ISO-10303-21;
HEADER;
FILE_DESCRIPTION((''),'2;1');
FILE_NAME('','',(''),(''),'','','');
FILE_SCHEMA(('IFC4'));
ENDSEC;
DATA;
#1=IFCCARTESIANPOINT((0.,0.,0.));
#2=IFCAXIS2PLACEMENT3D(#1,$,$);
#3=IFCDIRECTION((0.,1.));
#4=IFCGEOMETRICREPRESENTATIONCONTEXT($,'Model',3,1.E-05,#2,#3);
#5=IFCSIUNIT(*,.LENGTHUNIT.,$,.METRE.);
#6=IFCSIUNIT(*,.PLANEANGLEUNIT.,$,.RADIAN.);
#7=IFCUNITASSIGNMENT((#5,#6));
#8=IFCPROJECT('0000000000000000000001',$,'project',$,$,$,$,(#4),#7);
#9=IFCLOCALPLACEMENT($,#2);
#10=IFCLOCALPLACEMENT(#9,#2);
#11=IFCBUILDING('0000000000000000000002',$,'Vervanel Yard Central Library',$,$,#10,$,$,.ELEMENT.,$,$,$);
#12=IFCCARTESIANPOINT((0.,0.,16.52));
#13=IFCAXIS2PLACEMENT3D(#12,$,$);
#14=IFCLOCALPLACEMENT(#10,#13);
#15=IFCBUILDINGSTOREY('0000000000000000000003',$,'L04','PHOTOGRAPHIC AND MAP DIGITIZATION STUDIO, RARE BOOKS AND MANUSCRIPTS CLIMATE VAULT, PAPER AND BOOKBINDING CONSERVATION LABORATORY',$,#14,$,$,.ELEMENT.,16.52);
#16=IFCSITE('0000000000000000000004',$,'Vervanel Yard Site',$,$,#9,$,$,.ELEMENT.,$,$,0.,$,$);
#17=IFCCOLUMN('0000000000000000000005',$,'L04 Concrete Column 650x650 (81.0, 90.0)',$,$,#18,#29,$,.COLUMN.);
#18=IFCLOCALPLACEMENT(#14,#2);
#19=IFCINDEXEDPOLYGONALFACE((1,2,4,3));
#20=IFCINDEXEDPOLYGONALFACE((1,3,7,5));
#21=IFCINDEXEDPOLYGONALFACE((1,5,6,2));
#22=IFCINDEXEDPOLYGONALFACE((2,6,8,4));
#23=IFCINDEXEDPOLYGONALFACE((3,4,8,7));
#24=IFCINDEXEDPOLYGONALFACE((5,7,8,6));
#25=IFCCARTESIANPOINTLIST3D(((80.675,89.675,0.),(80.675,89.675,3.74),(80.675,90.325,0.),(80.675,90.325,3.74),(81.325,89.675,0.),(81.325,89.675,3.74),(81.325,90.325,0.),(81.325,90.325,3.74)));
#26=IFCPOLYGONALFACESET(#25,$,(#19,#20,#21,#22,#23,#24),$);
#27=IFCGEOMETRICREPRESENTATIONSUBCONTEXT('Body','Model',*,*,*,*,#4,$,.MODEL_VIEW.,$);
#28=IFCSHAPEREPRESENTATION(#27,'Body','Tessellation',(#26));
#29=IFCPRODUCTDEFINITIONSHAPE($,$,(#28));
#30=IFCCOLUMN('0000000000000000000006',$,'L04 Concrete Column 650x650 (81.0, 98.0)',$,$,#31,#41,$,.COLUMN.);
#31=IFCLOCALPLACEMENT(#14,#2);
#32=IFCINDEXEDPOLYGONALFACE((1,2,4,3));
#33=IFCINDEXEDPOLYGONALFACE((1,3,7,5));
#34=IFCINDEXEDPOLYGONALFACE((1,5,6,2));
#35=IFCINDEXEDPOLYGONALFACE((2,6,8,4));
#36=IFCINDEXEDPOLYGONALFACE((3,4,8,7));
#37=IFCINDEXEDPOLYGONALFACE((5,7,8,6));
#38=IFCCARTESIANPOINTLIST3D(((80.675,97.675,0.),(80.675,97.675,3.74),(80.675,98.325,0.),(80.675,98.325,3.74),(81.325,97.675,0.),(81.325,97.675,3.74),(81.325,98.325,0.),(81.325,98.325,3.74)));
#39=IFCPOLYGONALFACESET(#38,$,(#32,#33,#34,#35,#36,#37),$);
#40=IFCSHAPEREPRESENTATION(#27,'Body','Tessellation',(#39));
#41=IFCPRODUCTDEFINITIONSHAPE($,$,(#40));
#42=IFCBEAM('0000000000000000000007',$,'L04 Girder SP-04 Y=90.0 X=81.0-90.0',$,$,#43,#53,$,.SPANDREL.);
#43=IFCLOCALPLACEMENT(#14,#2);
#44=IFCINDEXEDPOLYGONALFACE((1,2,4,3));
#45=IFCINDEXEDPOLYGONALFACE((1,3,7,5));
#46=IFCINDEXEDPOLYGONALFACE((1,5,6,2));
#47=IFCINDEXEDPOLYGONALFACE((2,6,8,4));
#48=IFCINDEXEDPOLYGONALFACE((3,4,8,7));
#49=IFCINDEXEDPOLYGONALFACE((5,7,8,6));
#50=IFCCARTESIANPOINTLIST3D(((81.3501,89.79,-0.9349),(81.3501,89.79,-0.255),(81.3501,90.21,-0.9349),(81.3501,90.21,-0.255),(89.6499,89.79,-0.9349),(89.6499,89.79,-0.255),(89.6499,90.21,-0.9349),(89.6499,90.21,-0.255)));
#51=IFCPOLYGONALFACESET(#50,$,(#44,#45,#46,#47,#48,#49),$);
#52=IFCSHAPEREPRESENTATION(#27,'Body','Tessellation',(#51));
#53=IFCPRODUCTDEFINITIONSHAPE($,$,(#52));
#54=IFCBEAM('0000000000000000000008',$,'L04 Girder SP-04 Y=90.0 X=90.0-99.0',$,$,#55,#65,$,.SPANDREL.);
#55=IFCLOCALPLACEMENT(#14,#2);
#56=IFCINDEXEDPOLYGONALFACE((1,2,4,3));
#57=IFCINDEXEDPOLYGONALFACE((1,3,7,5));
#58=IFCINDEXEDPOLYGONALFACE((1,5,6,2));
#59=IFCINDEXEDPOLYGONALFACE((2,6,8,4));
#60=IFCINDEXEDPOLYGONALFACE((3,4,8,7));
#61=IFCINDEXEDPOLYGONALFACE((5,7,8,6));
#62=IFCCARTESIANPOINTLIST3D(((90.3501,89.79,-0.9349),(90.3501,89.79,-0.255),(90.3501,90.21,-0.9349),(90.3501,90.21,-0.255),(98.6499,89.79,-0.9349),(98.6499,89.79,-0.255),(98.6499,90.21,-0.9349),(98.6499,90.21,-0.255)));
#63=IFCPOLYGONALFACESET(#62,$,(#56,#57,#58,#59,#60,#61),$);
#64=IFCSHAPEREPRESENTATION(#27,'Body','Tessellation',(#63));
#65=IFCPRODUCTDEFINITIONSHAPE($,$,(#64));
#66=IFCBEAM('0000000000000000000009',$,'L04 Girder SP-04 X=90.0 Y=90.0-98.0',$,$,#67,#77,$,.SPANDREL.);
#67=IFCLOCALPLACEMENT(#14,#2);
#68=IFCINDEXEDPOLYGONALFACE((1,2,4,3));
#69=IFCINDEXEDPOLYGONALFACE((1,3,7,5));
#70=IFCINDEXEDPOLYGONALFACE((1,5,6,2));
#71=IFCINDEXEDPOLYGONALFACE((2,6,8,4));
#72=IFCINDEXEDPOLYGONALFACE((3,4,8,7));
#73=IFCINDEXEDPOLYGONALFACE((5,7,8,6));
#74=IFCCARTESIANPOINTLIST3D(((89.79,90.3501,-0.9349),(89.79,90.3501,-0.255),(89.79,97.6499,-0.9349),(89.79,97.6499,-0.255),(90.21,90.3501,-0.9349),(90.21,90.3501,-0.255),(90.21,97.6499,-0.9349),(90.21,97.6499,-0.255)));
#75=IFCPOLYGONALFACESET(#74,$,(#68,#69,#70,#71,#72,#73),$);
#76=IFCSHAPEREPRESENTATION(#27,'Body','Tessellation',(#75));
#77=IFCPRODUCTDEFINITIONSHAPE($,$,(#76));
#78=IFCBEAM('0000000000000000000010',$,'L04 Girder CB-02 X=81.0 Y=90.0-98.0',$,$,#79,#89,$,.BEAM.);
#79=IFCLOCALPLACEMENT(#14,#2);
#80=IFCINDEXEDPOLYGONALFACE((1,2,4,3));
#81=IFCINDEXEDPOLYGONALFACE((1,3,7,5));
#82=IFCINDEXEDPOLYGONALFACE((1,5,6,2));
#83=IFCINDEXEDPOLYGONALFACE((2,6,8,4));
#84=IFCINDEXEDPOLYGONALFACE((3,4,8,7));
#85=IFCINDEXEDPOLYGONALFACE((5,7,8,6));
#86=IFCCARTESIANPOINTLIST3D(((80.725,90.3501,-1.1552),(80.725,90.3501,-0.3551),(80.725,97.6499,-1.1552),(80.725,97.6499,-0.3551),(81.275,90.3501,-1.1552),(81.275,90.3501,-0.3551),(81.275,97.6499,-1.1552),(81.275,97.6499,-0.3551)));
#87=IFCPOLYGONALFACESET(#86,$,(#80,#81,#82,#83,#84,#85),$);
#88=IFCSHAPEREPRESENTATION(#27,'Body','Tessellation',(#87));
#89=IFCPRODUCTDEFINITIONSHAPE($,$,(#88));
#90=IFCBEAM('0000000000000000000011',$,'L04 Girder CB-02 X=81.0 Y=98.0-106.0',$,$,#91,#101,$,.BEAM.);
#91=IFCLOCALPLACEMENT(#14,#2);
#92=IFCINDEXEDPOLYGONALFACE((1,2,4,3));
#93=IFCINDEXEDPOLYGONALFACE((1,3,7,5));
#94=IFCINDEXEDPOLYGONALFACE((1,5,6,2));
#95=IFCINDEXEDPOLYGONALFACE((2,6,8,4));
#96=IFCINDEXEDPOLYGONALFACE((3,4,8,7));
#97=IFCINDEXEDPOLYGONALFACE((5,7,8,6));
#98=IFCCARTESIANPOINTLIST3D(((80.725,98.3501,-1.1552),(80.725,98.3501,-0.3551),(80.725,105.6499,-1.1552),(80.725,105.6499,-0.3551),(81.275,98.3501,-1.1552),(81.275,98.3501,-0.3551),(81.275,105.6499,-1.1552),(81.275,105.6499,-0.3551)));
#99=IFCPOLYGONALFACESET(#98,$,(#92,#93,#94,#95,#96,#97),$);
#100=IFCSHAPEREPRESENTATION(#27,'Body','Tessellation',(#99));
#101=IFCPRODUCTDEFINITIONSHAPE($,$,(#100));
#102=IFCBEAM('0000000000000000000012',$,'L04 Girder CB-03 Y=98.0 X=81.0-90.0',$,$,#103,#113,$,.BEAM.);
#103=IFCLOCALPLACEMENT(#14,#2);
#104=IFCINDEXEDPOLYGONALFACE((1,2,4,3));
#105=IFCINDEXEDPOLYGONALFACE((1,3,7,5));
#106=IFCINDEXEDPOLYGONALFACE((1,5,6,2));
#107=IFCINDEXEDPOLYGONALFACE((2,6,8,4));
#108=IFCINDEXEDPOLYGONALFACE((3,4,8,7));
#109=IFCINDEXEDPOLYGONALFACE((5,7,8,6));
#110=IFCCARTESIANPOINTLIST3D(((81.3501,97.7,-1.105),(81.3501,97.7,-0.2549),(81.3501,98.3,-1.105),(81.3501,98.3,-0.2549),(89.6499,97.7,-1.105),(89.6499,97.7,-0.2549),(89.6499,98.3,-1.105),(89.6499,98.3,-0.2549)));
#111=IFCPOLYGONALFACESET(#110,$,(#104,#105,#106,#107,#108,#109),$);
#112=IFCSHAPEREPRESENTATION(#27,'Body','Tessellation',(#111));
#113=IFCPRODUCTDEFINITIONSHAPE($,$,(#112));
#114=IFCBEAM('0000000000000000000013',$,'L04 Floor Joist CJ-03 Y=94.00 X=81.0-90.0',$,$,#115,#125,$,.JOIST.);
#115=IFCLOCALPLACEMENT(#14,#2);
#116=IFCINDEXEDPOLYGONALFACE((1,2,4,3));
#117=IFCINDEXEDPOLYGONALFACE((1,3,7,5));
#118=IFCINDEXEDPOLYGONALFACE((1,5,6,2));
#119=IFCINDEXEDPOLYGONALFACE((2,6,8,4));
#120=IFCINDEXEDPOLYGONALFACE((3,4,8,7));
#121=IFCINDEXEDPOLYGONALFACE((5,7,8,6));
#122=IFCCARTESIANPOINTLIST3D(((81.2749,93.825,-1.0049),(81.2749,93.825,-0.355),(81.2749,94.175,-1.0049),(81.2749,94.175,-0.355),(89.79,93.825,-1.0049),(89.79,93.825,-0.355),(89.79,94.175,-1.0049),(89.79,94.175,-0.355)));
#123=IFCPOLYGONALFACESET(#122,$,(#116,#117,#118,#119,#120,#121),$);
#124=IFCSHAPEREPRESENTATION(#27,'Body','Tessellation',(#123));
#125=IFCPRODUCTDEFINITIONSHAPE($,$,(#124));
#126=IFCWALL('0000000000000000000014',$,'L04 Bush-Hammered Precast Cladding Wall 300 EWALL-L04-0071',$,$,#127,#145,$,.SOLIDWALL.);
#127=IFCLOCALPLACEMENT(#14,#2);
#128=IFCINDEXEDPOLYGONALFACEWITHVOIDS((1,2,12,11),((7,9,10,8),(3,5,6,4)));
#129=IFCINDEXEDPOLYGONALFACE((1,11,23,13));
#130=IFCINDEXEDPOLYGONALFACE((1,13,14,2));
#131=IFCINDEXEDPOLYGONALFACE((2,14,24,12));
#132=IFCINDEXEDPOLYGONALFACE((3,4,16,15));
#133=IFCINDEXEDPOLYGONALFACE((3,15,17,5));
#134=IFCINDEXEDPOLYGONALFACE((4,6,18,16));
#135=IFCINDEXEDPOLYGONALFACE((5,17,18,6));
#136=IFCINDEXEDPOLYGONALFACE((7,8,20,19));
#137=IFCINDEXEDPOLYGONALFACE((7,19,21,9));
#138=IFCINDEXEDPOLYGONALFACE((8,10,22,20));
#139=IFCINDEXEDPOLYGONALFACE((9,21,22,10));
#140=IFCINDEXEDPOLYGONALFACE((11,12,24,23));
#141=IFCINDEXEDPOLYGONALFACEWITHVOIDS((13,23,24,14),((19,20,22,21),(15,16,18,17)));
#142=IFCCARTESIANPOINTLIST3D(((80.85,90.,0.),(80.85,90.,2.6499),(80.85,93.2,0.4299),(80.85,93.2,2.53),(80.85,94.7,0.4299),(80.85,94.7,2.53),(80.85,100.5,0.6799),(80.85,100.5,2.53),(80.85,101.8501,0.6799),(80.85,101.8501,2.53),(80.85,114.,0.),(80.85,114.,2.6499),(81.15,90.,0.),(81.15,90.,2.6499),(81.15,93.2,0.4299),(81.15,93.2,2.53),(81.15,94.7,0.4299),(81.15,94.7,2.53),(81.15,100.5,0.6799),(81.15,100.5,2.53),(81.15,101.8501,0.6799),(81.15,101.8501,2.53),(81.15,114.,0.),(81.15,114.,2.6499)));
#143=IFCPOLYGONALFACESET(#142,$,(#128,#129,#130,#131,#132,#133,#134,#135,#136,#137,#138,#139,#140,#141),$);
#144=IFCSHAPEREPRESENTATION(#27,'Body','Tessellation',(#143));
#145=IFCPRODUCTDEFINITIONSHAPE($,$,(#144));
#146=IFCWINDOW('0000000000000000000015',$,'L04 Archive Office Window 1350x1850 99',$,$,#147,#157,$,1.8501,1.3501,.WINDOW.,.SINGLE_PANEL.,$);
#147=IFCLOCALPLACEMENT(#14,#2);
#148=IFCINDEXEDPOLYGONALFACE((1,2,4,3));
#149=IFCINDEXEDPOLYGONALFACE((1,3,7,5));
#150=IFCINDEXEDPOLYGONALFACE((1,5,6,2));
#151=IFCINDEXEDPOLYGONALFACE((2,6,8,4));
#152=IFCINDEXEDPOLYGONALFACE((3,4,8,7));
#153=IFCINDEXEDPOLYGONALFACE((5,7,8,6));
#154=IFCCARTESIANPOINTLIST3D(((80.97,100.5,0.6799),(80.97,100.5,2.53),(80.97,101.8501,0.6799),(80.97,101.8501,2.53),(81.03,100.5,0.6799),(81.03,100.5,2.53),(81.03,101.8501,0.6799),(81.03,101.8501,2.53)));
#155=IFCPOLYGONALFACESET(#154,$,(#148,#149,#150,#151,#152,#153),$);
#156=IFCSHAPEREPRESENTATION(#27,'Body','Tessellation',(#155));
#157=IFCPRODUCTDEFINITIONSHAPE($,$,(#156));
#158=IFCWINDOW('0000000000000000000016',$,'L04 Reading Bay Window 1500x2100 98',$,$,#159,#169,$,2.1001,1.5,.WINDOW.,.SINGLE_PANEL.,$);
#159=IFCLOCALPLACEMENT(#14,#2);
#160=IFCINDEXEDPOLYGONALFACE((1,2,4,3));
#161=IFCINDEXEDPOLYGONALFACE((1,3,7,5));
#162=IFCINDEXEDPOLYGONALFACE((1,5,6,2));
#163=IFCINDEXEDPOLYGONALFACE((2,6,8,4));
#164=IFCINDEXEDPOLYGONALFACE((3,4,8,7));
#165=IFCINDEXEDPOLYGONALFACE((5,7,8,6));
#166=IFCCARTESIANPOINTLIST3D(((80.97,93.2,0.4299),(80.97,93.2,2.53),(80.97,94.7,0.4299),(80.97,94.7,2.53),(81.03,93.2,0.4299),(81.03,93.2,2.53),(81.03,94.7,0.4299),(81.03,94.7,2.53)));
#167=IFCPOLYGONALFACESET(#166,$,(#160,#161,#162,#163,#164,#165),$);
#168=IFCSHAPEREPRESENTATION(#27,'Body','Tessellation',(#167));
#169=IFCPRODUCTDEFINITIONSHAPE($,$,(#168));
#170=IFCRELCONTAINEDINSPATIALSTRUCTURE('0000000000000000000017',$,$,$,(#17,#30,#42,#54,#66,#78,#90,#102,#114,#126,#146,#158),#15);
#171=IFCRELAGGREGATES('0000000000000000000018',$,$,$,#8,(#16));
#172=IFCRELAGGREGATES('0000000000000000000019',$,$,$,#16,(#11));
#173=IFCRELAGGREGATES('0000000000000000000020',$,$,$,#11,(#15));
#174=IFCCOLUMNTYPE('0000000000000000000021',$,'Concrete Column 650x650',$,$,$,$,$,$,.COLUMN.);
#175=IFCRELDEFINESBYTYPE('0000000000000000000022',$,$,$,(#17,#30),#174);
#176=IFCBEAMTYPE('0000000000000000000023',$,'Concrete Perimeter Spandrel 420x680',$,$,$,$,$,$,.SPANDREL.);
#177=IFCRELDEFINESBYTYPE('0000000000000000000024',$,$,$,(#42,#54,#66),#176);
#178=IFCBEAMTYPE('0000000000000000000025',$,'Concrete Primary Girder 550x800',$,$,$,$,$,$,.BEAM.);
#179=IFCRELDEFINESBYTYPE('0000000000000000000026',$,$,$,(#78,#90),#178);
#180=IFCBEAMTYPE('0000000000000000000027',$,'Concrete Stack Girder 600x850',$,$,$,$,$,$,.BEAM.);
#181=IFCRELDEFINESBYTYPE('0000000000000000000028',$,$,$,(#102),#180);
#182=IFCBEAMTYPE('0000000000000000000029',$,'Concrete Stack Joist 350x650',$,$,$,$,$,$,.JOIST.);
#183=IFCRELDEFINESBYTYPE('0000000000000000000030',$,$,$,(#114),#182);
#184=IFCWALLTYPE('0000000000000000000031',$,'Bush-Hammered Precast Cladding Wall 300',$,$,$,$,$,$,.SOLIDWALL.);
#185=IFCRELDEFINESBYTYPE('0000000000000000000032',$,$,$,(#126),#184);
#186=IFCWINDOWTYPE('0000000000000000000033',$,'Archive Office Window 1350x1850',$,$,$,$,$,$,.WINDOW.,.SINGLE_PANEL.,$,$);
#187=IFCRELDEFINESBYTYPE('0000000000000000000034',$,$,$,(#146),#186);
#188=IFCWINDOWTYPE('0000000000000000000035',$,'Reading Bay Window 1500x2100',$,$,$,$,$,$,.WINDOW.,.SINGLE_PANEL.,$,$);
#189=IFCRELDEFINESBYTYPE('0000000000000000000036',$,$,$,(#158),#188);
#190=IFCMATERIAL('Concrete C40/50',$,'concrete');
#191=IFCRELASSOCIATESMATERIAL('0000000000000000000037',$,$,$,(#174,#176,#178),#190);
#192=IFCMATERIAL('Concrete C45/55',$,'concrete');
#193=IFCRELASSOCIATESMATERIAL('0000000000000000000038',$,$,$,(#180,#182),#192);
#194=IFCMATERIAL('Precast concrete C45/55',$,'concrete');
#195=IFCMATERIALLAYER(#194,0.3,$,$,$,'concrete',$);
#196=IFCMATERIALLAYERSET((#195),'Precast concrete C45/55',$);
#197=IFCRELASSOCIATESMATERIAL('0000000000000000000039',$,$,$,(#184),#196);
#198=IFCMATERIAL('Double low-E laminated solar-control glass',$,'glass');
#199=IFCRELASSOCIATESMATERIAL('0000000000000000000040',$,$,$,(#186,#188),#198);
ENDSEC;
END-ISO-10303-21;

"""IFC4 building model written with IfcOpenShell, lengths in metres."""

from ifc_helpers import new_model, si_unit, direction, frame, frame_2d, origin, origin_2d, place, context, subcontext, project, spatial, rectangle, extrude, material, layer, layer_set, material_profile, profile_set, type_object, element, fill, save


model = new_model("IFC4")

# Units and contexts
model_context = context("Model", 3, precision=1e-05, world=origin(), true_north=direction((0.0, 1.0)))
body_context = subcontext(model_context, "Body", "Model", "MODEL_VIEW")
ifc_project = project(units=[si_unit("LENGTHUNIT", "METRE"), si_unit("PLANEANGLEUNIT", "RADIAN")], contexts=[model_context])

# Site, building, storey
site_placement = place(None, origin())
site = spatial("IfcSite", under=ifc_project, at=site_placement, Name="Vervanel Yard Site", CompositionType="ELEMENT", RefElevation=0.0)
building_placement = place(site_placement, origin())
building = spatial("IfcBuilding", under=site, at=building_placement, Name="Vervanel Yard Central Library", CompositionType="ELEMENT")
storey_placement = place(building_placement, frame((0.0, 0.0, 16.52)))
storey = spatial("IfcBuildingStorey", under=building, at=storey_placement, Name="L04", Description="PHOTOGRAPHIC AND MAP DIGITIZATION STUDIO, RARE BOOKS AND MANUSCRIPTS CLIMATE VAULT, PAPER AND BOOKBINDING CONSERVATION LABORATORY", CompositionType="ELEMENT", Elevation=16.52)

# Columns
ifc_material_1 = material(Name="Concrete C40/50", Category="concrete")
ifc_material_profile_1 = material_profile(ifc_material_1, rectangle(XDim=0.6499, YDim=0.6499, at=origin_2d()), Name="RC 650x650", Category="concrete")
ifc_profile_set_1 = profile_set([ifc_material_profile_1], Name="Concrete C40/50")
column_type = type_object("IfcColumnType", Name="Concrete Column 650x650", PredefinedType="COLUMN", material=ifc_profile_set_1)
for number, where, z_axis, x_axis, name in (
    (1, (81.0, 90.0, 0.0), (0.0, 0.0, 1.0), (1.0, 0.0, 0.0), "L04 Concrete Column 650x650 (81.0, 90.0)"),
    (2, (81.0, 98.0, 0.0), (0.0, 0.0, 1.0), (1.0, 0.0, 0.0), "L04 Concrete Column 650x650 (81.0, 98.0)"),
):
    element("IfcColumn", number, at=place(storey_placement, frame(where, z_axis=z_axis, x_axis=x_axis)), inside=storey, type_object=column_type, Name=name, PredefinedType="COLUMN", context=body_context, shape_type="SweptSolid", body=[
        extrude(rectangle(XDim=0.6499, YDim=0.6499, at=origin_2d()), origin(), (0.0, 0.0, 1.0), 3.74),
    ])

# Beams
ifc_material_profile_2 = material_profile(ifc_material_1, rectangle(XDim=0.4199, YDim=0.6799, at=origin_2d()), Name="RC 420x680", Category="concrete")
ifc_profile_set_2 = profile_set([ifc_material_profile_2], Name="Concrete C40/50")
beam_type_1 = type_object("IfcBeamType", Name="Concrete Perimeter Spandrel 420x680", PredefinedType="SPANDREL", material=ifc_profile_set_2)
for number, where, z_axis, x_axis, name in (
    (3, (81.3501, 90.0, -0.595), (1.0, 0.0, 0.0), (0.0, 1.0, 0.0), "L04 Girder SP-04 Y=90.0 X=81.0-90.0"),
    (4, (90.3501, 90.0, -0.595), (1.0, 0.0, 0.0), (0.0, 1.0, 0.0), "L04 Girder SP-04 Y=90.0 X=90.0-99.0"),
):
    element("IfcBeam", number, at=place(storey_placement, frame(where, z_axis=z_axis, x_axis=x_axis)), inside=storey, type_object=beam_type_1, Name=name, PredefinedType="SPANDREL", context=body_context, shape_type="SweptSolid", body=[
        extrude(rectangle(XDim=0.4199, YDim=0.6799, at=origin_2d()), origin(), (0.0, 0.0, 1.0), 8.2998),
    ])
beam_1_placement = place(storey_placement, frame((90.0, 90.3501, -0.595), z_axis=(0.0, 1.0, 0.0), x_axis=(-1.0, 0.0, 0.0)))
element("IfcBeam", 5, at=beam_1_placement, inside=storey, type_object=beam_type_1, Name="L04 Girder SP-04 X=90.0 Y=90.0-98.0", PredefinedType="SPANDREL", context=body_context, shape_type="SweptSolid", body=[
    extrude(rectangle(XDim=0.4199, YDim=0.6799, at=origin_2d()), origin(), (0.0, 0.0, 1.0), 7.2998),
])
ifc_material_profile_3 = material_profile(ifc_material_1, rectangle(XDim=0.55, YDim=0.8, at=origin_2d()), Name="RC 550x800", Category="concrete")
ifc_profile_set_3 = profile_set([ifc_material_profile_3], Name="Concrete C40/50")
beam_type_2 = type_object("IfcBeamType", Name="Concrete Primary Girder 550x800", PredefinedType="BEAM", material=ifc_profile_set_3)
for number, where, z_axis, x_axis, name in (
    (6, (81.0, 90.3501, -0.7551), (0.0, 1.0, 0.0), (-1.0, 0.0, 0.0), "L04 Girder CB-02 X=81.0 Y=90.0-98.0"),
    (7, (81.0, 98.3501, -0.7551), (0.0, 1.0, 0.0), (-1.0, 0.0, 0.0), "L04 Girder CB-02 X=81.0 Y=98.0-106.0"),
):
    element("IfcBeam", number, at=place(storey_placement, frame(where, z_axis=z_axis, x_axis=x_axis)), inside=storey, type_object=beam_type_2, Name=name, PredefinedType="BEAM", context=body_context, shape_type="SweptSolid", body=[
        extrude(rectangle(XDim=0.55, YDim=0.8, at=origin_2d()), origin(), (0.0, 0.0, 1.0), 7.2998),
    ])
ifc_material_2 = material(Name="Concrete C45/55", Category="concrete")
ifc_material_profile_4 = material_profile(ifc_material_2, rectangle(XDim=0.6001, YDim=0.8501, at=origin_2d()), Name="RC 600x850", Category="concrete")
ifc_profile_set_4 = profile_set([ifc_material_profile_4], Name="Concrete C45/55")
beam_type_3 = type_object("IfcBeamType", Name="Concrete Stack Girder 600x850", PredefinedType="BEAM", material=ifc_profile_set_4)
beam_2_placement = place(storey_placement, frame((81.3501, 98.0, -0.6799), z_axis=(1.0, 0.0, 0.0), x_axis=(0.0, 1.0, 0.0)))
element("IfcBeam", 8, at=beam_2_placement, inside=storey, type_object=beam_type_3, Name="L04 Girder CB-03 Y=98.0 X=81.0-90.0", PredefinedType="BEAM", context=body_context, shape_type="SweptSolid", body=[
    extrude(rectangle(XDim=0.6001, YDim=0.8501, at=origin_2d()), origin(), (0.0, 0.0, 1.0), 8.2998),
])
ifc_material_profile_5 = material_profile(ifc_material_2, rectangle(XDim=0.3501, YDim=0.6499, at=origin_2d()), Name="RC 350x650", Category="concrete")
ifc_profile_set_5 = profile_set([ifc_material_profile_5], Name="Concrete C45/55")
beam_type_4 = type_object("IfcBeamType", Name="Concrete Stack Joist 350x650", PredefinedType="JOIST", material=ifc_profile_set_5)
beam_3_placement = place(storey_placement, frame((81.2749, 94.0, -0.6799), z_axis=(1.0, 0.0, 0.0), x_axis=(0.0, 1.0, 0.0)))
element("IfcBeam", 9, at=beam_3_placement, inside=storey, type_object=beam_type_4, Name="L04 Floor Joist CJ-03 Y=94.00 X=81.0-90.0", PredefinedType="JOIST", context=body_context, shape_type="SweptSolid", body=[
    extrude(rectangle(XDim=0.3501, YDim=0.6499, at=origin_2d()), origin(), (0.0, 0.0, 1.0), 8.5151),
])

# Wall, openings, windows
ifc_material_3 = material(Name="Precast concrete C45/55", Category="concrete")
ifc_layer_1 = layer(ifc_material_3, 0.3, Category="concrete")
ifc_layer_set_1 = layer_set([ifc_layer_1], Name="Precast concrete C45/55")
wall_type_1 = type_object("IfcWallType", Name="Bush-Hammered Precast Cladding Wall 300", PredefinedType="SOLIDWALL", material=ifc_layer_set_1)
wall_1_placement = place(storey_placement, frame((81.0, 90.0, 0.0), z_axis=(0.0, 0.0, 1.0), x_axis=(0.0, 1.0, 0.0)))
wall_1 = element("IfcWall", 10, at=wall_1_placement, inside=storey, type_object=wall_type_1, Name="L04 Bush-Hammered Precast Cladding Wall 300 EWALL-L04-0071", PredefinedType="SOLIDWALL", context=body_context, shape_type="SweptSolid", body=[
    extrude(rectangle(XDim=24.0, YDim=0.3, at=frame_2d((12.0, 0.0))), origin(), (0.0, 0.0, 1.0), 2.6499),
])
opening_1_placement = place(wall_1_placement, frame((3.2, 0.0, 0.4299)))
opening_1 = element("IfcOpeningElement", 11, at=opening_1_placement, cuts=wall_1, PredefinedType="OPENING", context=body_context, shape_type="SweptSolid", body=[
    extrude(rectangle(XDim=1.5, YDim=2.1001, at=frame_2d((0.75, 1.05))), frame((0.0, 0.1599, 0.0), z_axis=(0.0, -1.0, 0.0), x_axis=(1.0, 0.0, 0.0)), (0.0, 0.0, 1.0), 0.3201),
])
opening_2_placement = place(wall_1_placement, frame((10.5, 0.0, 0.6799)))
opening_2 = element("IfcOpeningElement", 12, at=opening_2_placement, cuts=wall_1, PredefinedType="OPENING", context=body_context, shape_type="SweptSolid", body=[
    extrude(rectangle(XDim=1.3501, YDim=1.8501, at=frame_2d((0.675, 0.925))), frame((0.0, 0.1599, 0.0), z_axis=(0.0, -1.0, 0.0), x_axis=(1.0, 0.0, 0.0)), (0.0, 0.0, 1.0), 0.3201),
])
ifc_material_4 = material(Name="Double low-E laminated solar-control glass", Category="glass")
window_type_1 = type_object("IfcWindowType", Name="Archive Office Window 1350x1850", PartitioningType="SINGLE_PANEL", PredefinedType="WINDOW", material=ifc_material_4)
window_1_placement = place(opening_2_placement, origin())
window_1 = element("IfcWindow", 13, at=window_1_placement, inside=storey, type_object=window_type_1, Name="L04 Archive Office Window 1350x1850 99", OverallHeight=1.8501, OverallWidth=1.3501, PartitioningType="SINGLE_PANEL", PredefinedType="WINDOW", context=body_context, shape_type="SweptSolid", body=[
    extrude(rectangle(XDim=1.3501, YDim=1.8501, at=frame_2d((0.675, 0.925))), frame((0.0, 0.03, 0.0), z_axis=(0.0, -1.0, 0.0), x_axis=(1.0, 0.0, 0.0)), (0.0, 0.0, 1.0), 0.0601),
])
fill(opening_2, window_1)
window_type_2 = type_object("IfcWindowType", Name="Reading Bay Window 1500x2100", PartitioningType="SINGLE_PANEL", PredefinedType="WINDOW", material=ifc_material_4)
window_2_placement = place(opening_1_placement, origin())
window_2 = element("IfcWindow", 14, at=window_2_placement, inside=storey, type_object=window_type_2, Name="L04 Reading Bay Window 1500x2100 98", OverallHeight=2.1001, OverallWidth=1.5, PartitioningType="SINGLE_PANEL", PredefinedType="WINDOW", context=body_context, shape_type="SweptSolid", body=[
    extrude(rectangle(XDim=1.5, YDim=2.1001, at=frame_2d((0.75, 1.05))), frame((0.0, 0.03, 0.0), z_axis=(0.0, -1.0, 0.0), x_axis=(1.0, 0.0, 0.0)), (0.0, 0.0, 1.0), 0.0601),
])
fill(opening_1, window_2)

save(model, "model.ifc")
